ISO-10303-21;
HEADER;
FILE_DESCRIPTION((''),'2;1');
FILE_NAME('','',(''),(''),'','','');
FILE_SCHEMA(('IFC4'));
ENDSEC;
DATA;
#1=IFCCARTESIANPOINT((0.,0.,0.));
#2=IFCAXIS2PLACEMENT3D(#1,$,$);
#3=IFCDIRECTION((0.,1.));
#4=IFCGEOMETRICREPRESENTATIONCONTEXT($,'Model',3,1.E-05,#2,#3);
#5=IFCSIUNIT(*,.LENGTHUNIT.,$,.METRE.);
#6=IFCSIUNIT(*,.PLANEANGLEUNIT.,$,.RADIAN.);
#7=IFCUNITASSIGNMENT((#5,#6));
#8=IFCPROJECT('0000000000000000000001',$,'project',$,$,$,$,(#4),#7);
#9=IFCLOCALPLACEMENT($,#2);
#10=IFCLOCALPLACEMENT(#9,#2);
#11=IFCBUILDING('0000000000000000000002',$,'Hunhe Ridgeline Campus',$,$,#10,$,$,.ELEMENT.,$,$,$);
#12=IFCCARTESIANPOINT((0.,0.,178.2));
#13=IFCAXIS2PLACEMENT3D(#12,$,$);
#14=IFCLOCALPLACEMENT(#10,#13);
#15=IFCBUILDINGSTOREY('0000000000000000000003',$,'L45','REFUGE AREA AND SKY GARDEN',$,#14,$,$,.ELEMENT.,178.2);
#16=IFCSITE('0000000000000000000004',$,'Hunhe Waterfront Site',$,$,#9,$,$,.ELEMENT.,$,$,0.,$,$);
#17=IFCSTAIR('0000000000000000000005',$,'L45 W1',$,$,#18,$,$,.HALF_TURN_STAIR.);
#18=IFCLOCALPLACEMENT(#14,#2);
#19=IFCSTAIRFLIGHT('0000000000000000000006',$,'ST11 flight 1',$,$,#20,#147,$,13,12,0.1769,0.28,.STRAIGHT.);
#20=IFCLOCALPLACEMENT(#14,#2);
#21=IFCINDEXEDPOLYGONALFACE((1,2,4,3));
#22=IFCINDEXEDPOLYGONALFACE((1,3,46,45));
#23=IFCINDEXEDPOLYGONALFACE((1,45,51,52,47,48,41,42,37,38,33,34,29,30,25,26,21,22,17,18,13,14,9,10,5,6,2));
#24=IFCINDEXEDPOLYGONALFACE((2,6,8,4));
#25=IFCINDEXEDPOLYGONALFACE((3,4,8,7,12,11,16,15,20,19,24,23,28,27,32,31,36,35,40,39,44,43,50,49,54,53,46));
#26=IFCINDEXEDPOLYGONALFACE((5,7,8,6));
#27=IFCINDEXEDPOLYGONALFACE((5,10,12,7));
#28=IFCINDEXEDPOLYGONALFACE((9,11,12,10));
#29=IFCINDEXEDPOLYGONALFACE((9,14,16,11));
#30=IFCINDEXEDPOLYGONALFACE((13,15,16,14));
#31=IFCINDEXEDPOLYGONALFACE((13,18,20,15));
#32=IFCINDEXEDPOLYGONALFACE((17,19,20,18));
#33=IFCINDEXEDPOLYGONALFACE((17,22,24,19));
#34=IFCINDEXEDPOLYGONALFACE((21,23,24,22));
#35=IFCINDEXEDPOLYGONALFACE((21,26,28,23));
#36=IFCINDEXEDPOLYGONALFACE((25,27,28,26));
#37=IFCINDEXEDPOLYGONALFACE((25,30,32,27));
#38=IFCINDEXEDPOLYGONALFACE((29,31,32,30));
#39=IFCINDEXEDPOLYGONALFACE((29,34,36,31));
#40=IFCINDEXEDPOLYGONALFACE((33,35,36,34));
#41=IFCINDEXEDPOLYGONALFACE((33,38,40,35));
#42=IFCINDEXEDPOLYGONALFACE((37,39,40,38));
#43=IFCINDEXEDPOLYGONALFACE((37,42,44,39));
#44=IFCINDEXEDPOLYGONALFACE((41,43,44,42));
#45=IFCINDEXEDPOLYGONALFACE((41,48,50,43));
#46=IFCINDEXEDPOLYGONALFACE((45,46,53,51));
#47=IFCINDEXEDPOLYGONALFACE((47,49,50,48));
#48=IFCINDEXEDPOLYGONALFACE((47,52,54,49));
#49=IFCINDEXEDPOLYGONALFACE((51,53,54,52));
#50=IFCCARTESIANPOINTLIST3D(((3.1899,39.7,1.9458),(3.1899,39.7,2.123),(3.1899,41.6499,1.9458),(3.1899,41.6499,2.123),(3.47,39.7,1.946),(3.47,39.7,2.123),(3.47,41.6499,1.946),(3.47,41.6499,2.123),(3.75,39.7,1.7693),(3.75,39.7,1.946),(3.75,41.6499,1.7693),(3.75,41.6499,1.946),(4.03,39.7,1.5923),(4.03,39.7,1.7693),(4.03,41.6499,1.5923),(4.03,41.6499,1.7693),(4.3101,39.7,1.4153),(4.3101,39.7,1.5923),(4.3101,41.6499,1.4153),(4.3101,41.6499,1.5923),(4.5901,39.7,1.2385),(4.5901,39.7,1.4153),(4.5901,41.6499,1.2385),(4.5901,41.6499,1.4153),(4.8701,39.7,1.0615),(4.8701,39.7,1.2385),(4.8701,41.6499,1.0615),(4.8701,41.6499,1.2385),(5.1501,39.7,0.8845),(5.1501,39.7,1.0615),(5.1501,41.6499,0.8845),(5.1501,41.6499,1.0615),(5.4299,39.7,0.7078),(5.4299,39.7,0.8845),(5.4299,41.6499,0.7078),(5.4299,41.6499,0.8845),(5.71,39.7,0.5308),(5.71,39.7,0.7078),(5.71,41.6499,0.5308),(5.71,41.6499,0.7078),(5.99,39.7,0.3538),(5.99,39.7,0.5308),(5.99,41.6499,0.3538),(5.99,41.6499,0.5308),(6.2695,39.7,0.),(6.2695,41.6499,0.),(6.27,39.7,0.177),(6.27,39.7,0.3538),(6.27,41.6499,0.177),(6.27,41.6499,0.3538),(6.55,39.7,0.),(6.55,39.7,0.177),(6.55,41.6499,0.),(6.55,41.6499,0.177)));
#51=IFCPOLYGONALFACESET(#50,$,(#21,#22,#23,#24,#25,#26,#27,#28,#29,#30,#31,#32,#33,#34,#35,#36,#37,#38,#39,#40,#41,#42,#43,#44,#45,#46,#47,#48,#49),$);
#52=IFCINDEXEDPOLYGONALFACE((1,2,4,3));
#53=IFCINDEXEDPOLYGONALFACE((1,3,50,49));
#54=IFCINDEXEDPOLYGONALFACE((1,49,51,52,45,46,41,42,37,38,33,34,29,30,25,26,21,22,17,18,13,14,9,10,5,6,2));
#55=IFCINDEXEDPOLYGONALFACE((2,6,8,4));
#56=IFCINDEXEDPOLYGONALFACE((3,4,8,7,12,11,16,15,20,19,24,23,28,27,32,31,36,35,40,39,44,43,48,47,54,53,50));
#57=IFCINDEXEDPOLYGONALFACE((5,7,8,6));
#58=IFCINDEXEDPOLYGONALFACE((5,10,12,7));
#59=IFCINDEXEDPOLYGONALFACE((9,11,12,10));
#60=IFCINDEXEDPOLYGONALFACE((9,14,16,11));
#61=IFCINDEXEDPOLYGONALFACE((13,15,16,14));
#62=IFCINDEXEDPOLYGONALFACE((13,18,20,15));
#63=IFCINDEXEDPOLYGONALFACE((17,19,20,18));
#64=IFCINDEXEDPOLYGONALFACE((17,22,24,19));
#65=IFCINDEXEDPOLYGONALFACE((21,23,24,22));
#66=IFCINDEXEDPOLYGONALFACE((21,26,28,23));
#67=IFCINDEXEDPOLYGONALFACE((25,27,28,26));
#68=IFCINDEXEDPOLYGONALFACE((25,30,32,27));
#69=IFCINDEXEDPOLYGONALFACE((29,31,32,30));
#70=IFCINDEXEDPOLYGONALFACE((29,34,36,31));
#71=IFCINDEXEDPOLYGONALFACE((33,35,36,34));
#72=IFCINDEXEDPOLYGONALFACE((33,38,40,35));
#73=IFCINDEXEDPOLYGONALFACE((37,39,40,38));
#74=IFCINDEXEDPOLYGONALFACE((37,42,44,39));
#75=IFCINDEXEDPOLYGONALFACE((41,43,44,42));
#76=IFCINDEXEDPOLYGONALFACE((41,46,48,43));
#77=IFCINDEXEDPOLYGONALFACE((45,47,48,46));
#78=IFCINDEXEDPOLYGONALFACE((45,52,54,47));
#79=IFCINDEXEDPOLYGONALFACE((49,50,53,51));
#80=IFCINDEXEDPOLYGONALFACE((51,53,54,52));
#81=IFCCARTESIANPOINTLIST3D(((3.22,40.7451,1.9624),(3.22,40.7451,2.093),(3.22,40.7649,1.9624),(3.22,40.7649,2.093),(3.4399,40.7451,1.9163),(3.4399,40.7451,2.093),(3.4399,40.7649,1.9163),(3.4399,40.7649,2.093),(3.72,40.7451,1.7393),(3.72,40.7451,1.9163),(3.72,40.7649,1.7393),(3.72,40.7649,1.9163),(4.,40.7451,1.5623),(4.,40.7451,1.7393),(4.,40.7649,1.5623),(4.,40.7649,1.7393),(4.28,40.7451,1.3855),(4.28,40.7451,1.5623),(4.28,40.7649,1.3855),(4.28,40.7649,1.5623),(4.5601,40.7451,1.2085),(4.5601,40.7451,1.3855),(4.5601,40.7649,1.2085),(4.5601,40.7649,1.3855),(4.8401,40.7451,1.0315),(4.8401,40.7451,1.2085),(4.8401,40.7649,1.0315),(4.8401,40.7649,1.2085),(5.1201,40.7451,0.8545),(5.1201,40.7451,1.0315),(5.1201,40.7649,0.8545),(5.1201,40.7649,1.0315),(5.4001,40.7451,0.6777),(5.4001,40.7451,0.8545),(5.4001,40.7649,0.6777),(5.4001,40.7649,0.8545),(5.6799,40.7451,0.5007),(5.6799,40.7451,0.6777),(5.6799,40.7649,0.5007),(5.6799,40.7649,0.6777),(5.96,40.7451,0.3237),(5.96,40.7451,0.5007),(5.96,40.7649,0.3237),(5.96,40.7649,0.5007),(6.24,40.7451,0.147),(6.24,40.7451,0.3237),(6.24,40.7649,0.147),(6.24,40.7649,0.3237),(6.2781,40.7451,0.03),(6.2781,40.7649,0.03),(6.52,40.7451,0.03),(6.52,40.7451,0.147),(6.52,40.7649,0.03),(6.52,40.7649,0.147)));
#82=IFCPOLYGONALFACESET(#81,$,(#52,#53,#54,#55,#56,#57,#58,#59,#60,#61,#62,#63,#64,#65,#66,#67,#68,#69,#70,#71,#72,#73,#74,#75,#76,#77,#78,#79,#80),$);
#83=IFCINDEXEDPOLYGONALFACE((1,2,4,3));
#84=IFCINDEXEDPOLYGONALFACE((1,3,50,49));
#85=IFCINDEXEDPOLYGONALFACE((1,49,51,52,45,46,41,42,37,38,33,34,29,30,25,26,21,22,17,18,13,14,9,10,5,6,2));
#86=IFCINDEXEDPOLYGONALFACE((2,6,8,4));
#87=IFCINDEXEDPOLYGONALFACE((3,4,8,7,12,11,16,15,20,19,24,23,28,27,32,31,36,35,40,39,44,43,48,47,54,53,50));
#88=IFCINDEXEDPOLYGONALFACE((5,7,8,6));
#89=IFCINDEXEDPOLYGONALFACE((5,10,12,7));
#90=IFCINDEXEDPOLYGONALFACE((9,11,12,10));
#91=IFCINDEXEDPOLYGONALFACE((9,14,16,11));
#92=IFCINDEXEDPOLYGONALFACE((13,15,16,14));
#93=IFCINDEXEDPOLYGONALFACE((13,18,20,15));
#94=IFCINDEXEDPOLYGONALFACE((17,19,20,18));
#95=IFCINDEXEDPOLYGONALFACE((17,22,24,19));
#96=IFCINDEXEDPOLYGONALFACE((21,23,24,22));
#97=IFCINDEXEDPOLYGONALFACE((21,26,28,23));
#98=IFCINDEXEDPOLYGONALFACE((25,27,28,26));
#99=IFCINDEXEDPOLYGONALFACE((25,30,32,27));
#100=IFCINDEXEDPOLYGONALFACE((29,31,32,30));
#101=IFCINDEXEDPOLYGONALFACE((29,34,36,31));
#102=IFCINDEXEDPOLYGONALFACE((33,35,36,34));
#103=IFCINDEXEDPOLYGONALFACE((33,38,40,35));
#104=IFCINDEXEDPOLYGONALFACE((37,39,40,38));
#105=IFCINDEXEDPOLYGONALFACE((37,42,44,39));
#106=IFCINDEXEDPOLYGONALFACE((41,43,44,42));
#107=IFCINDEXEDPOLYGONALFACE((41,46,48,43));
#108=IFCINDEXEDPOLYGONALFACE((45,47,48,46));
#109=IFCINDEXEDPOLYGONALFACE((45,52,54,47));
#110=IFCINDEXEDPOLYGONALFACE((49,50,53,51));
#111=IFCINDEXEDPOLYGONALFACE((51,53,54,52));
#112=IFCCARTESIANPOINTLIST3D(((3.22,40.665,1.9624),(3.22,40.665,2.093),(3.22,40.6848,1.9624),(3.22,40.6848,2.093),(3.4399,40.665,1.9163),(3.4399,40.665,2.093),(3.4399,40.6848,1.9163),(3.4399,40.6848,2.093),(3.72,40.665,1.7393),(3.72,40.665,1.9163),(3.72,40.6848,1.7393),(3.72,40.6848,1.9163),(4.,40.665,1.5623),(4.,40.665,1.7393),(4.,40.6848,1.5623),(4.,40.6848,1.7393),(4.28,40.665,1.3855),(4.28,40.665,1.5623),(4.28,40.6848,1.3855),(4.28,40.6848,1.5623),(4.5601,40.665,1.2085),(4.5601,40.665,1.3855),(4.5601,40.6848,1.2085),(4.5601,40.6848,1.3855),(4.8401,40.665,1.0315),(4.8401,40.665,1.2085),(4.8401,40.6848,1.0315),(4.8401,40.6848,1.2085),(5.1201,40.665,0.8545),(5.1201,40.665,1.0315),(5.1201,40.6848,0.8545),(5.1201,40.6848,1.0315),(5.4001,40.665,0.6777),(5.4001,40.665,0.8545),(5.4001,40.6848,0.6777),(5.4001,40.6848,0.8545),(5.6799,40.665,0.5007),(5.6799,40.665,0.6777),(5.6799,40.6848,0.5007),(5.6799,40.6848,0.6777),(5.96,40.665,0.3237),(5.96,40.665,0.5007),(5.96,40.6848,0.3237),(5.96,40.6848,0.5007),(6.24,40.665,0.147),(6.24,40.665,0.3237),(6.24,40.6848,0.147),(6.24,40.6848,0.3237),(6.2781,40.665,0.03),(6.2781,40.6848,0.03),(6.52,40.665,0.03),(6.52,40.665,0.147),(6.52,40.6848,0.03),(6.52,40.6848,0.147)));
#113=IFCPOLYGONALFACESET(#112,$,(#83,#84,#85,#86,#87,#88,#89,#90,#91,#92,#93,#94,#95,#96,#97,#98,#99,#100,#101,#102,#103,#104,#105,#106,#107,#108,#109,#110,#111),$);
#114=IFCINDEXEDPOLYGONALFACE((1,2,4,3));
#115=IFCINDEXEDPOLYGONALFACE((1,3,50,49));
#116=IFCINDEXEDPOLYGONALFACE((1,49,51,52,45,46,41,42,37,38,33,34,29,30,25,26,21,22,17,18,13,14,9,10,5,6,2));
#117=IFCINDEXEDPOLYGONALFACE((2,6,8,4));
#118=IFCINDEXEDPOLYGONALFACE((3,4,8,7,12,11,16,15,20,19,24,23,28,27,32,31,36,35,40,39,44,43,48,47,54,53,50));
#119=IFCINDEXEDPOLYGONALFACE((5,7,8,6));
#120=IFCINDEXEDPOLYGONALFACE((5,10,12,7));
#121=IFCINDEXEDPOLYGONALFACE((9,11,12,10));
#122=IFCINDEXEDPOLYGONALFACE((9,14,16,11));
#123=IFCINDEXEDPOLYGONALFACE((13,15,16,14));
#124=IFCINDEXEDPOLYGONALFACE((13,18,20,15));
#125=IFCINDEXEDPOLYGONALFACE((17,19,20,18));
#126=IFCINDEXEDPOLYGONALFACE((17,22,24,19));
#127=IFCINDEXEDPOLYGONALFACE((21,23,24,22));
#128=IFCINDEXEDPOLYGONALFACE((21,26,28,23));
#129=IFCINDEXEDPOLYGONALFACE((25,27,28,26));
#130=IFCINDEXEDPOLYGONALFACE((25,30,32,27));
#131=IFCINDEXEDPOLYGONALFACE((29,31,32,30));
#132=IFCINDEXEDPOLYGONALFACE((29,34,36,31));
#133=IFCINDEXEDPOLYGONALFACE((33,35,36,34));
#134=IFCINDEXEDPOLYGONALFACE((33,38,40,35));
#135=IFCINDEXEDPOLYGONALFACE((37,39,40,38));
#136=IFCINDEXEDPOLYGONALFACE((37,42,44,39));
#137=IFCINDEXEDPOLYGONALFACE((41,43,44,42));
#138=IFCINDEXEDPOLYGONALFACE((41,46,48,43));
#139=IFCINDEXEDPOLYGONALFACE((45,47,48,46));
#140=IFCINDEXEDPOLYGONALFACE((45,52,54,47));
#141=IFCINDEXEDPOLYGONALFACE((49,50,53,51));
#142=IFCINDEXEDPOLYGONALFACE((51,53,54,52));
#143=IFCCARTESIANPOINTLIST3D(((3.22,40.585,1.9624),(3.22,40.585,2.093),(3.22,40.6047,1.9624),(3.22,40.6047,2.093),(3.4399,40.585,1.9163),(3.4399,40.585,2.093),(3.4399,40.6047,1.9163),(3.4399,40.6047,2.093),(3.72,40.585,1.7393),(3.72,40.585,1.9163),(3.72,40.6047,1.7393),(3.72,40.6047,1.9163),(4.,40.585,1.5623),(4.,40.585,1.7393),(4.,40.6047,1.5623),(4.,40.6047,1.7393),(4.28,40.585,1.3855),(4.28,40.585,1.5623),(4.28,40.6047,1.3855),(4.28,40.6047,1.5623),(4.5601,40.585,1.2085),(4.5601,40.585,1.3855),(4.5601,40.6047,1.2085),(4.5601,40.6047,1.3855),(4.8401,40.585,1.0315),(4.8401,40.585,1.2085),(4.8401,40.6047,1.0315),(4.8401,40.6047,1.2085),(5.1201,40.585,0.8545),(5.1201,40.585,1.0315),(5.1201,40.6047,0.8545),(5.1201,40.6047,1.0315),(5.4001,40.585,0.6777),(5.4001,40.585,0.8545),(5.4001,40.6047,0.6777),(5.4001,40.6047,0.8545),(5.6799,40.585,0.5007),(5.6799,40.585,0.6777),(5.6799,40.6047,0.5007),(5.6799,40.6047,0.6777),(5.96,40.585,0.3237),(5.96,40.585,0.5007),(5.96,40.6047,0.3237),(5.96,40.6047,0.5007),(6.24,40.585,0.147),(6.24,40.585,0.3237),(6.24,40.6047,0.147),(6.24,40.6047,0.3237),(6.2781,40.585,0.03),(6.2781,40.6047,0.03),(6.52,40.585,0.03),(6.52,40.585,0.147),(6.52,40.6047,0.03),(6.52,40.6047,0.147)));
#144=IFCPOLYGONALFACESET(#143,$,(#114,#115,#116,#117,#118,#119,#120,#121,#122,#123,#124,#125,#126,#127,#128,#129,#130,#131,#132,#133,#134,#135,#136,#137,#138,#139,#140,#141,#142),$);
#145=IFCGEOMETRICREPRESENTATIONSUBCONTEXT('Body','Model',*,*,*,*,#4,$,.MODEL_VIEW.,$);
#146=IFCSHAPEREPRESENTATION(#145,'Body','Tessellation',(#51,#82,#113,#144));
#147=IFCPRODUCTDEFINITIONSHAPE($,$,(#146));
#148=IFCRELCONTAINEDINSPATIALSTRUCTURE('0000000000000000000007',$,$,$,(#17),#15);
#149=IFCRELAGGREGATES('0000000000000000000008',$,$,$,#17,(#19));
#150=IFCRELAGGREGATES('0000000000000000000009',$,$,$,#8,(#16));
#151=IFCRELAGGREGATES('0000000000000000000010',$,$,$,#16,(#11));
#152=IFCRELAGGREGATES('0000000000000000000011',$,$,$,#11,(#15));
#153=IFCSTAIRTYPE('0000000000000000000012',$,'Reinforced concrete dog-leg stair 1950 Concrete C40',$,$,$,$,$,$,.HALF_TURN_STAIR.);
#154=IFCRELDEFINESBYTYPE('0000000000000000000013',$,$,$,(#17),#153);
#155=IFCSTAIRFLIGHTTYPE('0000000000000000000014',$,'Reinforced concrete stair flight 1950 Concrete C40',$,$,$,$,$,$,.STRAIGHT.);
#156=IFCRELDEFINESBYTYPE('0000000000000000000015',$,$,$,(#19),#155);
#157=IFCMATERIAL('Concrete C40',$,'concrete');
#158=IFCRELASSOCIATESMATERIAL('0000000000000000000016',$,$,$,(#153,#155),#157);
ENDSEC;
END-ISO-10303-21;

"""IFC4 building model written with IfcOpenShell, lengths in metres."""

from ifc_helpers import new_model, si_unit, direction, frame, origin, place, context, subcontext, project, spatial, polyline, outline, extrude, material, type_object, element, aggregate, save


model = new_model("IFC4")

# Units and contexts
model_context = context("Model", 3, precision=1e-05, world=origin(), true_north=direction((0.0, 1.0)))
body_context = subcontext(model_context, "Body", "Model", "MODEL_VIEW")
ifc_project = project(units=[si_unit("LENGTHUNIT", "METRE"), si_unit("PLANEANGLEUNIT", "RADIAN")], contexts=[model_context])

# Site, building, storey
site_placement = place(None, origin())
site = spatial("IfcSite", under=ifc_project, at=site_placement, Name="Hunhe Waterfront Site", CompositionType="ELEMENT", RefElevation=0.0)
building_placement = place(site_placement, origin())
building = spatial("IfcBuilding", under=site, at=building_placement, Name="Hunhe Ridgeline Campus", CompositionType="ELEMENT")
storey_placement = place(building_placement, frame((0.0, 0.0, 178.2)))
storey = spatial("IfcBuildingStorey", under=building, at=storey_placement, Name="L45", Description="REFUGE AREA AND SKY GARDEN", CompositionType="ELEMENT", Elevation=178.2)

# Shared definitions
ifc_material_1 = material(Name="Concrete C40", Category="concrete")
stair_type = type_object("IfcStairType", Name="Reinforced concrete dog-leg stair 1950 Concrete C40", PredefinedType="HALF_TURN_STAIR", material=ifc_material_1)
stair_flight_type = type_object("IfcStairFlightType", Name="Reinforced concrete stair flight 1950 Concrete C40", PredefinedType="STRAIGHT", material=ifc_material_1)

# Stair, stair flight
stair_1_placement = place(storey_placement, origin())
stair_1 = element("IfcStair", 1, at=stair_1_placement, inside=storey, type_object=stair_type, Name="L45 W1", PredefinedType="HALF_TURN_STAIR")
stair_flight_1_placement = place(storey_placement, frame((6.55, 40.675, 0.0), z_axis=(0.0, 0.0, 1.0), x_axis=(-1.0, 0.0, 0.0)))
stair_flight_1 = element("IfcStairFlight", 2, at=stair_flight_1_placement, type_object=stair_flight_type, Name="ST11 flight 1", NumberOfRisers=13, NumberOfTreads=12, PredefinedType="STRAIGHT", RiserHeight=0.1769, TreadLength=0.28, context=body_context, shape_type="SweptSolid", body=[
    extrude(outline(polyline([(0.0, 0.0), (0.0, 0.177), (0.28, 0.177), (0.28, 0.3538), (0.5601, 0.3538), (0.5601, 0.5308), (0.8401, 0.5308), (0.8401, 0.7078), (1.1201, 0.7078), (1.1201, 0.8845), (1.3999, 0.8845), (1.3999, 1.0615), (1.6799, 1.0615), (1.6799, 1.2385), (1.96, 1.2385), (1.96, 1.4153), (2.24, 1.4153), (2.24, 1.5923), (2.52, 1.5923), (2.52, 1.7693), (2.8, 1.7693), (2.8, 1.946), (3.0801, 1.946), (3.0801, 2.123), (3.3601, 2.123), (3.3601, 2.3), (3.3601, 1.9458), (0.2805, 0.0), (0.0, 0.0)])), frame((0.0, 0.9751, 0.0), z_axis=(0.0, -1.0, 0.0), x_axis=(1.0, 0.0, 0.0)), (0.0, 0.0, 1.0), 1.95),
    extrude(outline(polyline([(0.03, 0.03), (0.03, 0.147), (0.3101, 0.147), (0.3101, 0.3237), (0.5901, 0.3237), (0.5901, 0.5007), (0.8701, 0.5007), (0.8701, 0.6777), (1.1499, 0.6777), (1.1499, 0.8545), (1.4299, 0.8545), (1.4299, 1.0315), (1.71, 1.0315), (1.71, 1.2085), (1.99, 1.2085), (1.99, 1.3855), (2.27, 1.3855), (2.27, 1.5623), (2.55, 1.5623), (2.55, 1.7393), (2.8301, 1.7393), (2.8301, 1.9163), (3.1101, 1.9163), (3.1101, 2.093), (3.3301, 2.093), (3.3301, 1.9624), (0.272, 0.03), (0.03, 0.03)])), frame((0.0, -0.0701, 0.0), z_axis=(0.0, -1.0, 0.0), x_axis=(1.0, 0.0, 0.0)), (0.0, 0.0, 1.0), 0.0198),
    extrude(outline(polyline([(0.03, 0.03), (0.03, 0.147), (0.3101, 0.147), (0.3101, 0.3237), (0.5901, 0.3237), (0.5901, 0.5007), (0.8701, 0.5007), (0.8701, 0.6777), (1.1499, 0.6777), (1.1499, 0.8545), (1.4299, 0.8545), (1.4299, 1.0315), (1.71, 1.0315), (1.71, 1.2085), (1.99, 1.2085), (1.99, 1.3855), (2.27, 1.3855), (2.27, 1.5623), (2.55, 1.5623), (2.55, 1.7393), (2.8301, 1.7393), (2.8301, 1.9163), (3.1101, 1.9163), (3.1101, 2.093), (3.3301, 2.093), (3.3301, 1.9624), (0.272, 0.03), (0.03, 0.03)])), frame((0.0, 0.01, 0.0), z_axis=(0.0, -1.0, 0.0), x_axis=(1.0, 0.0, 0.0)), (0.0, 0.0, 1.0), 0.0198),
    extrude(outline(polyline([(0.03, 0.03), (0.03, 0.147), (0.3101, 0.147), (0.3101, 0.3237), (0.5901, 0.3237), (0.5901, 0.5007), (0.8701, 0.5007), (0.8701, 0.6777), (1.1499, 0.6777), (1.1499, 0.8545), (1.4299, 0.8545), (1.4299, 1.0315), (1.71, 1.0315), (1.71, 1.2085), (1.99, 1.2085), (1.99, 1.3855), (2.27, 1.3855), (2.27, 1.5623), (2.55, 1.5623), (2.55, 1.7393), (2.8301, 1.7393), (2.8301, 1.9163), (3.1101, 1.9163), (3.1101, 2.093), (3.3301, 2.093), (3.3301, 1.9624), (0.272, 0.03), (0.03, 0.03)])), frame((0.0, 0.0901, 0.0), z_axis=(0.0, -1.0, 0.0), x_axis=(1.0, 0.0, 0.0)), (0.0, 0.0, 1.0), 0.0198),
])
aggregate(stair_1, [stair_flight_1])

save(model, "model.ifc")
